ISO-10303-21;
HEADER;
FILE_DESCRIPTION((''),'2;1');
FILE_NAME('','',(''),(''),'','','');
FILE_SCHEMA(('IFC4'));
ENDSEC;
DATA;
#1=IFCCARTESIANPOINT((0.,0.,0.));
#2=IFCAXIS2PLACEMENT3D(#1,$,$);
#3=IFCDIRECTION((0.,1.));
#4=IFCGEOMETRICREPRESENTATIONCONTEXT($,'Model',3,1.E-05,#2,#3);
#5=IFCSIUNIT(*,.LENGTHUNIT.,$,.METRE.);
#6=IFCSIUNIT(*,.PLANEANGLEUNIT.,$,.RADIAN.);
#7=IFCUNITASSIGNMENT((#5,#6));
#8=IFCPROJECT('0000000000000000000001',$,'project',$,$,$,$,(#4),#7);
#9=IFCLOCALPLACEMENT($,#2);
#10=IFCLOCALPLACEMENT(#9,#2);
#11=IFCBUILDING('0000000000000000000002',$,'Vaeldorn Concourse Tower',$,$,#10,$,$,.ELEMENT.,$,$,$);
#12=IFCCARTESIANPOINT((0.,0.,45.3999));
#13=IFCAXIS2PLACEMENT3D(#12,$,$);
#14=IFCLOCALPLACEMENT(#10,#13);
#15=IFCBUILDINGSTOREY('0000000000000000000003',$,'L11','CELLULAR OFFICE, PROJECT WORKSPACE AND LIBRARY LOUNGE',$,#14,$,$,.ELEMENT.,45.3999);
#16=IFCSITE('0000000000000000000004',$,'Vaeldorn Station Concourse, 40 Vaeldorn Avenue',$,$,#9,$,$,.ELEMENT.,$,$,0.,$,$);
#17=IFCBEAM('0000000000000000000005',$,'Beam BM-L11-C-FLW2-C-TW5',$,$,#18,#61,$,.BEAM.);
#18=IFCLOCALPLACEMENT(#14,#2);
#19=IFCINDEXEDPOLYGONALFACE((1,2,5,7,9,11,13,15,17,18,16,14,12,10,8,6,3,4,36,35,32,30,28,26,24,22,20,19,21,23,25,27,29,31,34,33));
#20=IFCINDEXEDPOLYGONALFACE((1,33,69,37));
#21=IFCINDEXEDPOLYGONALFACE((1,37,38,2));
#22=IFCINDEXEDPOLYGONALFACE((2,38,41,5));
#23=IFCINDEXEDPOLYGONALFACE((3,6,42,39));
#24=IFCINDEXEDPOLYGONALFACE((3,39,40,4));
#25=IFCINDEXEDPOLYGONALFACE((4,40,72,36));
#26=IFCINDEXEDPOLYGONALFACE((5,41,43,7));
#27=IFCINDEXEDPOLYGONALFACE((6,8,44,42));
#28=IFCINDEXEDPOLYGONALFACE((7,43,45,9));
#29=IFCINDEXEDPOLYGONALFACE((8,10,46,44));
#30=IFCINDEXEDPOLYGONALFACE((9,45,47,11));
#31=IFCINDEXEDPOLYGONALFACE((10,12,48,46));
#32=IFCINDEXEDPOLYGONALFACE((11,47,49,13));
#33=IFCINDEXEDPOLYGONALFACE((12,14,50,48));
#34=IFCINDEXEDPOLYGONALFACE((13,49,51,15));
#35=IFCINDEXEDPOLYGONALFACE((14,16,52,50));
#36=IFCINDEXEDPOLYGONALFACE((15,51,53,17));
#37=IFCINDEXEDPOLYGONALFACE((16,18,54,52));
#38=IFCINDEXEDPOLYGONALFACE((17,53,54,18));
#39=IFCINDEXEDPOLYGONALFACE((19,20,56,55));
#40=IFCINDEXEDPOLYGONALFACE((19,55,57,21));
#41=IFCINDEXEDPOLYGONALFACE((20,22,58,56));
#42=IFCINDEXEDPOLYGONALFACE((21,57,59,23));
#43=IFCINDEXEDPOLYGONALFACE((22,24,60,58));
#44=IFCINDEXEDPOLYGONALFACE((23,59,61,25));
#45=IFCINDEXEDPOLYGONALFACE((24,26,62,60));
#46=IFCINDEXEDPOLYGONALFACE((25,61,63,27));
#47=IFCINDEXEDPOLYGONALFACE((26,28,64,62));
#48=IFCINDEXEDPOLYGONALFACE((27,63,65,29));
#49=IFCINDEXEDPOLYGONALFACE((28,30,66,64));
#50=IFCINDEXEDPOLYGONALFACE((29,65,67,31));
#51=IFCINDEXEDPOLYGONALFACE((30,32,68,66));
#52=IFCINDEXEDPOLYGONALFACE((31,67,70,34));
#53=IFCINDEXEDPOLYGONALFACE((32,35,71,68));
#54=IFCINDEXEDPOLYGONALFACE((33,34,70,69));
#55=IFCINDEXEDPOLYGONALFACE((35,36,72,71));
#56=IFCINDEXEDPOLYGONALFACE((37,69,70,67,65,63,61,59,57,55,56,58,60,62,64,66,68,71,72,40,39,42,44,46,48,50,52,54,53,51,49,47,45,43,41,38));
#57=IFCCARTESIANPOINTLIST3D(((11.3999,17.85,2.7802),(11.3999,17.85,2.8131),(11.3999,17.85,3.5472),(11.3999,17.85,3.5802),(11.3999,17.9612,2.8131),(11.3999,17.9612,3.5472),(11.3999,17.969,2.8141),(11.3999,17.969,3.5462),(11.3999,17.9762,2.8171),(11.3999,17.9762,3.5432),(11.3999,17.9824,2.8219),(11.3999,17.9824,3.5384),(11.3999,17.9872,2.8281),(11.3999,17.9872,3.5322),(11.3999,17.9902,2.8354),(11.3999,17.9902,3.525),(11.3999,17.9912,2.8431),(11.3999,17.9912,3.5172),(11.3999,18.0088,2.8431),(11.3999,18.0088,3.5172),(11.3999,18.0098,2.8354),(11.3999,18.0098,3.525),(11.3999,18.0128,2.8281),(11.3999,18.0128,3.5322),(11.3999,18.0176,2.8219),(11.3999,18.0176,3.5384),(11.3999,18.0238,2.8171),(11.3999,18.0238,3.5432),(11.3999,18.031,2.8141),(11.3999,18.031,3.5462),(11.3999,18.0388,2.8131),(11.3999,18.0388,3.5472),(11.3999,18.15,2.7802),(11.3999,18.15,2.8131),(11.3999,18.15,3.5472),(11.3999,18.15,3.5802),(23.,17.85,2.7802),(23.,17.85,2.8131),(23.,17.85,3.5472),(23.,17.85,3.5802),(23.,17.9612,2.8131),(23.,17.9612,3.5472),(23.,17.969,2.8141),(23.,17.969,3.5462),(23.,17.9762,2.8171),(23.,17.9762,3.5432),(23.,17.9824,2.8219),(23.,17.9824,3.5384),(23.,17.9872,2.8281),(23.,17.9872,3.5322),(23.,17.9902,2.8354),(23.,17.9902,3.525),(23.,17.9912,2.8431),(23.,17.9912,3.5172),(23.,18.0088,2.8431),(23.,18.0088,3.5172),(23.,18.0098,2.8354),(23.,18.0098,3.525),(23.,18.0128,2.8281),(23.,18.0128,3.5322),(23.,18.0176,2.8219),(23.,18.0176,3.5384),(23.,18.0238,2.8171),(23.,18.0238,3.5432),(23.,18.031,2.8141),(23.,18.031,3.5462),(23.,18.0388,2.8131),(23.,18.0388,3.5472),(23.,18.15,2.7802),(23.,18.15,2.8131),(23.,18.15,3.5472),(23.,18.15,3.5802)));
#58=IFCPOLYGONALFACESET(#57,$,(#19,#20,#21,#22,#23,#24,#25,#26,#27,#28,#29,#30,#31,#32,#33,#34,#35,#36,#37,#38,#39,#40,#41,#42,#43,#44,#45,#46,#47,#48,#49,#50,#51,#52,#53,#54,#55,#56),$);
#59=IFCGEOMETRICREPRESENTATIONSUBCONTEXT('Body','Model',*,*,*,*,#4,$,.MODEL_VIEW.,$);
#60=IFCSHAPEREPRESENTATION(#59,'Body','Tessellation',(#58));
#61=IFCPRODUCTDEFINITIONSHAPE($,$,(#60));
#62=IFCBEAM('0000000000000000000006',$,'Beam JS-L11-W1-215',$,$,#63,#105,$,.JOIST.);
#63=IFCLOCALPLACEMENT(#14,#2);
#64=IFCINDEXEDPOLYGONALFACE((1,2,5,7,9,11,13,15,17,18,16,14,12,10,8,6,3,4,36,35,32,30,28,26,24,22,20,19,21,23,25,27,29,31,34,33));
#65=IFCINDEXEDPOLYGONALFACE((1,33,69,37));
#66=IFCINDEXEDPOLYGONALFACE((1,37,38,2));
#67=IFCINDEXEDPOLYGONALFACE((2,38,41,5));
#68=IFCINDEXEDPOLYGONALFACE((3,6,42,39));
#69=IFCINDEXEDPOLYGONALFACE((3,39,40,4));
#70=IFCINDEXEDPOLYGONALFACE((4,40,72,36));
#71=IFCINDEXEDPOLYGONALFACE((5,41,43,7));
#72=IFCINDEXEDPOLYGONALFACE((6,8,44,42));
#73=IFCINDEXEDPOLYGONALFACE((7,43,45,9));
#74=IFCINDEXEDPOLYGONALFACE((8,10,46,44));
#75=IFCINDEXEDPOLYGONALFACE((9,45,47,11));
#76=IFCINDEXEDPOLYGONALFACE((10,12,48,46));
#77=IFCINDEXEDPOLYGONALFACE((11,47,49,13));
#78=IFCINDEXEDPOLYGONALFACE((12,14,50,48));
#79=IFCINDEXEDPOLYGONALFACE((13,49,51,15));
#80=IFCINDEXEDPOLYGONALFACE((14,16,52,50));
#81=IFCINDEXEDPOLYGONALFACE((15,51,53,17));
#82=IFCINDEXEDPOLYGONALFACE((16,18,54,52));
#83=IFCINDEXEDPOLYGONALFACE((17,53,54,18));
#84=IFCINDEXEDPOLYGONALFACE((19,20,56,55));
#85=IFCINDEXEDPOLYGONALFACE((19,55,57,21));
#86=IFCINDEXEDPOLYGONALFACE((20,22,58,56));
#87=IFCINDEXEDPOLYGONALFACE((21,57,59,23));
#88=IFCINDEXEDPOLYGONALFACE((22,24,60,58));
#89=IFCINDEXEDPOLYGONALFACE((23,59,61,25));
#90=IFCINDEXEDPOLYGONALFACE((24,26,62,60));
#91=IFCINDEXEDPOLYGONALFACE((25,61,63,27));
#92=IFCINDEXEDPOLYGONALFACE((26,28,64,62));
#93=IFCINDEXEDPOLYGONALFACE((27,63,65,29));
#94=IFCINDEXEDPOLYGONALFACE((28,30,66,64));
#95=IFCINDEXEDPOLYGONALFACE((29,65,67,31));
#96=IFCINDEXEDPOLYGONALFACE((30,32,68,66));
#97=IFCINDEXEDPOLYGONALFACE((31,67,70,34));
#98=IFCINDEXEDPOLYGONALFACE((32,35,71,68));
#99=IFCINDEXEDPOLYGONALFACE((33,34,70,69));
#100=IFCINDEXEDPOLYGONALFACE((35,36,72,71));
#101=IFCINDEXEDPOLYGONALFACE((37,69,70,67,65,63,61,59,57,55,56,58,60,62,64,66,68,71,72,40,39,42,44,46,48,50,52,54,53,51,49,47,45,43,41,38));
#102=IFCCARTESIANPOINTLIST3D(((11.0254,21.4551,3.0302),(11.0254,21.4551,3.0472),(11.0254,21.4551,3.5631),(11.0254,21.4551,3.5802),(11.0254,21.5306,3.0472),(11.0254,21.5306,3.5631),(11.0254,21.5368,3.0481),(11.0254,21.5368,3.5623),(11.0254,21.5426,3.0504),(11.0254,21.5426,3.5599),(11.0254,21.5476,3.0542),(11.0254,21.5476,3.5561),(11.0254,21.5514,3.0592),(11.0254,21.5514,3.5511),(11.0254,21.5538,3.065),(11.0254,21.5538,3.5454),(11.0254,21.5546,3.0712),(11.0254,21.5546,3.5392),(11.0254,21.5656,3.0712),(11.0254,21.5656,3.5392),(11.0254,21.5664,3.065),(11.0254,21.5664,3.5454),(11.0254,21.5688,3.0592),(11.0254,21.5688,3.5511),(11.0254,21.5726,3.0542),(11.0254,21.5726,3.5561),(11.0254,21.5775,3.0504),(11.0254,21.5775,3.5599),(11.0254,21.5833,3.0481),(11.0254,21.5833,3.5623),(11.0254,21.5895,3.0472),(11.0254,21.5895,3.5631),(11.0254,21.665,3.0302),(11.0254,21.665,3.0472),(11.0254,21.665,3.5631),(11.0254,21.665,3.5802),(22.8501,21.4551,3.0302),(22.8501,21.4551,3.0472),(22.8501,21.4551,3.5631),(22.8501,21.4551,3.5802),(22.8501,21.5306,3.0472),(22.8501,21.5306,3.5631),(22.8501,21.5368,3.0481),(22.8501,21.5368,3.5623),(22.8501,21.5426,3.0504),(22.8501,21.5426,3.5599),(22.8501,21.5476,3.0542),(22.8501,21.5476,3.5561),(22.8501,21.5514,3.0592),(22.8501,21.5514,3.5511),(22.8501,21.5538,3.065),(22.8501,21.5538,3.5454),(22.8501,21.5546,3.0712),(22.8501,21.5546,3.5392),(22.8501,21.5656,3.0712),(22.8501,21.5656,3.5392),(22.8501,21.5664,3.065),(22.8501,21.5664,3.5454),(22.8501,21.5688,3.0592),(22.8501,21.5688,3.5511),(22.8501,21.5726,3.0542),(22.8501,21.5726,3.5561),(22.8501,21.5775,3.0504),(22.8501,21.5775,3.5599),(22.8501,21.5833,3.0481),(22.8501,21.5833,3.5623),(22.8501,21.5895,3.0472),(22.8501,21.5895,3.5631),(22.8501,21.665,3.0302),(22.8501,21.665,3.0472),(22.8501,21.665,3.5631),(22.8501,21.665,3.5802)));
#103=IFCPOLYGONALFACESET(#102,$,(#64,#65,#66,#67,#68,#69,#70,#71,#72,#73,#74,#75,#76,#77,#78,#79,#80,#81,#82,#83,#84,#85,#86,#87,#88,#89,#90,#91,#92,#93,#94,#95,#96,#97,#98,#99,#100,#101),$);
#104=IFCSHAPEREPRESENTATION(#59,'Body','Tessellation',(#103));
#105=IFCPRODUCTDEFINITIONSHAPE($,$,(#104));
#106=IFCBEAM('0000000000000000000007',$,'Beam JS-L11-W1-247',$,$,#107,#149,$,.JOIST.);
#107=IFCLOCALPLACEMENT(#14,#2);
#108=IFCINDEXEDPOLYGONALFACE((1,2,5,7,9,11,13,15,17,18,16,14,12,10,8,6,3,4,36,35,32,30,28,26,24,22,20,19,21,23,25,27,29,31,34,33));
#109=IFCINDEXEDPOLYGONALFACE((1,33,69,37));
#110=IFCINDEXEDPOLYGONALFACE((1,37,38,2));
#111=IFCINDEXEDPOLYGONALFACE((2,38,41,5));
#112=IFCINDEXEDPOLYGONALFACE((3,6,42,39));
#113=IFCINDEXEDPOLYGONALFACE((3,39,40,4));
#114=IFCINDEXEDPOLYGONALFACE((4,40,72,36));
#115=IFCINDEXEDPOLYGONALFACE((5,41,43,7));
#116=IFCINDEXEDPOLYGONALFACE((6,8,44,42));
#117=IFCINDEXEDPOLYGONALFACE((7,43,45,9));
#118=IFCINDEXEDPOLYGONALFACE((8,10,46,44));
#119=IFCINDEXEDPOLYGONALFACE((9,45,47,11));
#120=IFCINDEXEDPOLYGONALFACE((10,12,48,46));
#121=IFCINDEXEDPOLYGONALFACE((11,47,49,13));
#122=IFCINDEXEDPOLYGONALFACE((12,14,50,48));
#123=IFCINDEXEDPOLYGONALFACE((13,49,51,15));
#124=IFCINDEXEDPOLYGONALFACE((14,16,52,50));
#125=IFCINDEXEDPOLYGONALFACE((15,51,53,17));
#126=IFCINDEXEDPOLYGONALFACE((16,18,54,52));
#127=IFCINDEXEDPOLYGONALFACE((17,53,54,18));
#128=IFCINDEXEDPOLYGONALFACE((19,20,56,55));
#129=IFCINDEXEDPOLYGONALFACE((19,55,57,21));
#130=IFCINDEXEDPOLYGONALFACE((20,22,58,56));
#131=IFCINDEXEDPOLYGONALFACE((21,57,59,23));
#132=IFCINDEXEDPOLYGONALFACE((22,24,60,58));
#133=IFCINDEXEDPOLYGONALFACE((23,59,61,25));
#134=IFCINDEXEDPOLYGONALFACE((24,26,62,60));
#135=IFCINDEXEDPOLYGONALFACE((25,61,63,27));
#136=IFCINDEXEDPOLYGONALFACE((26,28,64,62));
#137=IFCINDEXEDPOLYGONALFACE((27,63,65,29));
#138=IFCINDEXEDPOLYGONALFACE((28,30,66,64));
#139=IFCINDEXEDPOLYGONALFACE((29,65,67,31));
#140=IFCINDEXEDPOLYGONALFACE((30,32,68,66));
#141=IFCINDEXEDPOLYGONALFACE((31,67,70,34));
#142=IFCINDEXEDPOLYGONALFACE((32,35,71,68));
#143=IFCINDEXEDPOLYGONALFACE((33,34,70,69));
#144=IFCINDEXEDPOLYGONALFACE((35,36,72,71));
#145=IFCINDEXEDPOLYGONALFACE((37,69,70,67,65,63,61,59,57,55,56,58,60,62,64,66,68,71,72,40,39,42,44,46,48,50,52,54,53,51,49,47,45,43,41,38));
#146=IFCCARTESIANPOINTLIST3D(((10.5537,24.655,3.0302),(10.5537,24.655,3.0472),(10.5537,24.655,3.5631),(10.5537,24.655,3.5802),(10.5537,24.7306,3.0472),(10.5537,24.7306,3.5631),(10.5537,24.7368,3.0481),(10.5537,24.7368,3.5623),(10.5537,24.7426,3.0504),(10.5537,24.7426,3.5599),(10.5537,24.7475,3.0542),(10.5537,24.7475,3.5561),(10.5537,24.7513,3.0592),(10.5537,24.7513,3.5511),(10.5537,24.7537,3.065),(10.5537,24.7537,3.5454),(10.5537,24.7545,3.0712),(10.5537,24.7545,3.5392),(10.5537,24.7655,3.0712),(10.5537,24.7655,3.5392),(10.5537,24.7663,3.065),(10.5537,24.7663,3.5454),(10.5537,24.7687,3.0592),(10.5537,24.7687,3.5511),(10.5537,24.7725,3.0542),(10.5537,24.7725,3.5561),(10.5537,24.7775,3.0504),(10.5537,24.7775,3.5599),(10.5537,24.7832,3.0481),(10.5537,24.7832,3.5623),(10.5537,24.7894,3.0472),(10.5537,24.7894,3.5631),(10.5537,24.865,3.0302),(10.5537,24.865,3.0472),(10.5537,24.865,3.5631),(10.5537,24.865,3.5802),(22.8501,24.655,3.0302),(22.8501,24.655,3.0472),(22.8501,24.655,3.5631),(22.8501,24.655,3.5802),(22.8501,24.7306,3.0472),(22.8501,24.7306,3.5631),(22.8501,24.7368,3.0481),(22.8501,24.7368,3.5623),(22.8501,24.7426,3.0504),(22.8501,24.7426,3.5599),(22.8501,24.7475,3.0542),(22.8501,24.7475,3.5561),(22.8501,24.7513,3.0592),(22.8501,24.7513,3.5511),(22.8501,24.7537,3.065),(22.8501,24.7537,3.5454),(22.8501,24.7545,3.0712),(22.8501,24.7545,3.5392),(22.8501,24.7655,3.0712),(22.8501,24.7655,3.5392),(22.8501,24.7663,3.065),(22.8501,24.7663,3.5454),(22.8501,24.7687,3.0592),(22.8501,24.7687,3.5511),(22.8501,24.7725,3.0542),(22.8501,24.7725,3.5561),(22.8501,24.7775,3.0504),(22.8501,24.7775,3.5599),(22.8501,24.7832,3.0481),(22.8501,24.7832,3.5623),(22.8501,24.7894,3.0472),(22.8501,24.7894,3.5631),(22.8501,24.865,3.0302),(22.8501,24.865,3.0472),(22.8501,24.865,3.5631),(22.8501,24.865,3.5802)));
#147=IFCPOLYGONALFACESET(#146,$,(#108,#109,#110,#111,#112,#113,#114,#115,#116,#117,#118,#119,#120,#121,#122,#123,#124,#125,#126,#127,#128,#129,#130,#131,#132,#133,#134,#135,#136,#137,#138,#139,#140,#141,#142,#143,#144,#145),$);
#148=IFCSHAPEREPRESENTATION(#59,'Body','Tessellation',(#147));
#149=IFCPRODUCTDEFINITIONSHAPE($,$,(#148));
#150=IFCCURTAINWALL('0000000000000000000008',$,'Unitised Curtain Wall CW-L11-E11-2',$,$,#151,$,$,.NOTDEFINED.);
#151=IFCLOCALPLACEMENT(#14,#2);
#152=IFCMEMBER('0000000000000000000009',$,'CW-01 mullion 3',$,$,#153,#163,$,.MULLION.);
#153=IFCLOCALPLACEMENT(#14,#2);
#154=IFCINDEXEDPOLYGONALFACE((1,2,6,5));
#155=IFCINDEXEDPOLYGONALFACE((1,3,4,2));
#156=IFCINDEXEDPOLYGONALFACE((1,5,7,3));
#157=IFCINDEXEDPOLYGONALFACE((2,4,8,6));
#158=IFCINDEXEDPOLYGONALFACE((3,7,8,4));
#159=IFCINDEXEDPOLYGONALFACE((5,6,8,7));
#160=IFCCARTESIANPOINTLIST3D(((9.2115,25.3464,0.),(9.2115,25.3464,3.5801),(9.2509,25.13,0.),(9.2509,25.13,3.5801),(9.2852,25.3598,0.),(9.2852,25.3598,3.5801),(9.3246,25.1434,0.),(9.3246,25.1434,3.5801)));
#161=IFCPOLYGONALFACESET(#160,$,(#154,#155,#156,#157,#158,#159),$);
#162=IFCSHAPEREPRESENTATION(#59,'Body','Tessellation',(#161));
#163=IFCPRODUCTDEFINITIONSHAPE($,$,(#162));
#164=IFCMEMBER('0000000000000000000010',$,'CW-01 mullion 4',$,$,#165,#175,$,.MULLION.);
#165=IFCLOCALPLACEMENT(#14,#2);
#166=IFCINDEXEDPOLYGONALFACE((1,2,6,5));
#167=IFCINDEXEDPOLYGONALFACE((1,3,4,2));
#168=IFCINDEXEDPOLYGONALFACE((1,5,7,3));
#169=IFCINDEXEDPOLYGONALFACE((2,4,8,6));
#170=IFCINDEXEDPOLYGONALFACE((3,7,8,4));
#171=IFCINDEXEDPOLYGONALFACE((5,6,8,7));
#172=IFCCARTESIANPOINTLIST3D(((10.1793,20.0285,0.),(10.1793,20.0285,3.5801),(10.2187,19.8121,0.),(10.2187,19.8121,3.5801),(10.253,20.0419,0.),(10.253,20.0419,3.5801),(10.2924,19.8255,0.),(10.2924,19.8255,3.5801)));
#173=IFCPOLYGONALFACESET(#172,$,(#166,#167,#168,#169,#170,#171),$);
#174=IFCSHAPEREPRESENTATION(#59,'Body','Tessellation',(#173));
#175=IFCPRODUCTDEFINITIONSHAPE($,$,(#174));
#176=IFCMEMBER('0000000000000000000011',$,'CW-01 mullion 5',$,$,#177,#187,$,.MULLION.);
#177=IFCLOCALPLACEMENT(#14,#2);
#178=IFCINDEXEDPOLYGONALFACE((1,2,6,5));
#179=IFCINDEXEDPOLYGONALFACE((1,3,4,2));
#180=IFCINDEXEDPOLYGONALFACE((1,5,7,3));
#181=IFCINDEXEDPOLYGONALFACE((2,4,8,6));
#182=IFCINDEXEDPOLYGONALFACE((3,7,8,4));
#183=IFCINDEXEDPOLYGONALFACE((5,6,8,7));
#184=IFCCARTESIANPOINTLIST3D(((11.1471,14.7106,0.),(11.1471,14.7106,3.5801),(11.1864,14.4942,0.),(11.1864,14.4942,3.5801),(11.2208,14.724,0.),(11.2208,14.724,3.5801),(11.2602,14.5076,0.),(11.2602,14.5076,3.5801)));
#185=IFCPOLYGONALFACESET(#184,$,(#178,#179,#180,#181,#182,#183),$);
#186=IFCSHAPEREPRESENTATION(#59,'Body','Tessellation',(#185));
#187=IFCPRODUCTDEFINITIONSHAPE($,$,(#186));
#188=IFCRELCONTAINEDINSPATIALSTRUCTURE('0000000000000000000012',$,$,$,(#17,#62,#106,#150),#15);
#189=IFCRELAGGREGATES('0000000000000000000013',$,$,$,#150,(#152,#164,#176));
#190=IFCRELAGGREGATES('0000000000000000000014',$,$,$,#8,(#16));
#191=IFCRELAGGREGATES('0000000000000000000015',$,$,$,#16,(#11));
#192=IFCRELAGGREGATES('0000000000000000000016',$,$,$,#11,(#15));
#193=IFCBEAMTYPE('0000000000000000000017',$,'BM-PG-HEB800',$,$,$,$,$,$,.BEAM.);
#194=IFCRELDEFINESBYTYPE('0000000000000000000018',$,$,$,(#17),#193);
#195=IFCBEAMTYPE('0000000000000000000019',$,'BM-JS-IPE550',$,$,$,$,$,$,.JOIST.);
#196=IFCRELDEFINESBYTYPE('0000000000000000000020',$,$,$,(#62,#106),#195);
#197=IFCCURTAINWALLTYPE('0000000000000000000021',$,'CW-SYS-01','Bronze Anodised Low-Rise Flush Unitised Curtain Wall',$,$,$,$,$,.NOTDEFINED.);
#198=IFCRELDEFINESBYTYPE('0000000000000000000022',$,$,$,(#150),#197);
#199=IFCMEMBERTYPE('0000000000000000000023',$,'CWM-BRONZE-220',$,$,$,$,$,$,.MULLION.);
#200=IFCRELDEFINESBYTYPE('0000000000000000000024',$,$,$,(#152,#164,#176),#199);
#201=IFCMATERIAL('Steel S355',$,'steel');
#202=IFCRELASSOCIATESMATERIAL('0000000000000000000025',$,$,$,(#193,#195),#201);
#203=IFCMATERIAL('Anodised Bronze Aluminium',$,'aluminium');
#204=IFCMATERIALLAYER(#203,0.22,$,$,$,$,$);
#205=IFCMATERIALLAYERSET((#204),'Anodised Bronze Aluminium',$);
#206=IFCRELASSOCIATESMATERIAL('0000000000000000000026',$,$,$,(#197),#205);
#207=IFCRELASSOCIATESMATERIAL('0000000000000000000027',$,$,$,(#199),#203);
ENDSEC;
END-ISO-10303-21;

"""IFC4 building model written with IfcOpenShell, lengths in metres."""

from ifc_helpers import new_model, si_unit, direction, frame, origin, origin_2d, place, context, subcontext, project, spatial, rectangle, i_section, extrude, source, transform, mapped, material, layer, layer_set, material_profile, profile_set, type_object, element, aggregate, save


model = new_model("IFC4")

# Units and contexts
model_context = context("Model", 3, precision=1e-05, world=origin(), true_north=direction((0.0, 1.0)))
body_context = subcontext(model_context, "Body", "Model", "MODEL_VIEW")
ifc_project = project(units=[si_unit("LENGTHUNIT", "METRE"), si_unit("PLANEANGLEUNIT", "RADIAN")], contexts=[model_context])

# Site, building, storey
site_placement = place(None, origin())
site = spatial("IfcSite", under=ifc_project, at=site_placement, Name="Vaeldorn Station Concourse, 40 Vaeldorn Avenue", CompositionType="ELEMENT", RefElevation=0.0)
building_placement = place(site_placement, origin())
building = spatial("IfcBuilding", under=site, at=building_placement, Name="Vaeldorn Concourse Tower", CompositionType="ELEMENT")
storey_placement = place(building_placement, frame((0.0, 0.0, 45.3999)))
storey = spatial("IfcBuildingStorey", under=building, at=storey_placement, Name="L11", Description="CELLULAR OFFICE, PROJECT WORKSPACE AND LIBRARY LOUNGE", CompositionType="ELEMENT", Elevation=45.3999)

# Beams
ifc_material_1 = material(Name="Steel S355", Category="steel")
ifc_material_profile_1 = material_profile(ifc_material_1, i_section(OverallWidth=0.3, OverallDepth=0.8, WebThickness=0.0176, FlangeThickness=0.033, FilletRadius=0.03, at=origin_2d()), Name="HEB 800")
ifc_profile_set_1 = profile_set([ifc_material_profile_1], Name="Steel S355")
beam_type_1 = type_object("IfcBeamType", Name="BM-PG-HEB800", PredefinedType="BEAM", material=ifc_profile_set_1)
shared_shape_1 = source(origin(), body_context, "Body", "SweptSolid", [
    extrude(i_section(OverallWidth=0.3, OverallDepth=0.8, WebThickness=0.0176, FlangeThickness=0.033, FilletRadius=0.03, at=origin_2d()), origin(), (0.0, 0.0, 1.0), 11.6001),
])
beam_1_placement = place(storey_placement, frame((11.3999, 18.0, 3.1802), z_axis=(1.0, 0.0, 0.0), x_axis=(0.0, 1.0, 0.0)))
element("IfcBeam", 1, at=beam_1_placement, inside=storey, type_object=beam_type_1, Name="Beam BM-L11-C-FLW2-C-TW5", PredefinedType="BEAM", context=body_context, shape_type="MappedRepresentation", body=[
    mapped(shared_shape_1, transform((0.0, 0.0, 0.0), scale=1.0)),
])
ifc_material_profile_2 = material_profile(ifc_material_1, i_section(OverallWidth=0.21, OverallDepth=0.55, WebThickness=0.011, FlangeThickness=0.0171, FilletRadius=0.0239, at=origin_2d()), Name="IPE 550")
ifc_profile_set_2 = profile_set([ifc_material_profile_2], Name="Steel S355")
beam_type_2 = type_object("IfcBeamType", Name="BM-JS-IPE550", PredefinedType="JOIST", material=ifc_profile_set_2)
shared_shape_2 = source(origin(), body_context, "Body", "SweptSolid", [
    extrude(i_section(OverallWidth=0.21, OverallDepth=0.55, WebThickness=0.011, FlangeThickness=0.0171, FilletRadius=0.0239, at=origin_2d()), origin(), (0.0, 0.0, 1.0), 11.8247),
])
beam_2_placement = place(storey_placement, frame((11.0254, 21.5601, 3.3052), z_axis=(1.0, 0.0, 0.0), x_axis=(0.0, 1.0, 0.0)))
element("IfcBeam", 2, at=beam_2_placement, inside=storey, type_object=beam_type_2, Name="Beam JS-L11-W1-215", PredefinedType="JOIST", context=body_context, shape_type="MappedRepresentation", body=[
    mapped(shared_shape_2, transform((0.0, 0.0, 0.0), scale=1.0)),
])
shared_shape_3 = source(origin(), body_context, "Body", "SweptSolid", [
    extrude(i_section(OverallWidth=0.21, OverallDepth=0.55, WebThickness=0.011, FlangeThickness=0.0171, FilletRadius=0.0239, at=origin_2d()), origin(), (0.0, 0.0, 1.0), 12.2964),
])
beam_3_placement = place(storey_placement, frame((10.5537, 24.76, 3.3052), z_axis=(1.0, 0.0, 0.0), x_axis=(0.0, 1.0, 0.0)))
element("IfcBeam", 3, at=beam_3_placement, inside=storey, type_object=beam_type_2, Name="Beam JS-L11-W1-247", PredefinedType="JOIST", context=body_context, shape_type="MappedRepresentation", body=[
    mapped(shared_shape_3, transform((0.0, 0.0, 0.0), scale=1.0)),
])

# Curtain wall, members
ifc_material_2 = material(Name="Anodised Bronze Aluminium", Category="aluminium")
ifc_layer_1 = layer(ifc_material_2, 0.22)
ifc_layer_set_1 = layer_set([ifc_layer_1], Name="Anodised Bronze Aluminium")
curtain_wall_type = type_object("IfcCurtainWallType", Name="CW-SYS-01", Description="Bronze Anodised Low-Rise Flush Unitised Curtain Wall", PredefinedType="NOTDEFINED", material=ifc_layer_set_1)
curtain_wall_placement = place(storey_placement, origin())
curtain_wall = element("IfcCurtainWall", 4, at=curtain_wall_placement, inside=storey, type_object=curtain_wall_type, Name="Unitised Curtain Wall CW-L11-E11-2", PredefinedType="NOTDEFINED")
ifc_material_profile_3 = material_profile(ifc_material_2, rectangle(XDim=0.075, YDim=0.22, at=origin_2d()), Name="CWM 75x220")
ifc_profile_set_3 = profile_set([ifc_material_profile_3], Name="Anodised Bronze Aluminium")
member_type_1 = type_object("IfcMemberType", Name="CWM-BRONZE-220", PredefinedType="MULLION", material=ifc_profile_set_3)
shared_shape_4 = source(origin(), body_context, "Body", "SweptSolid", [
    extrude(rectangle(XDim=0.075, YDim=0.22, at=origin_2d()), origin(), (0.0, 0.0, 1.0), 3.5801),
])
member_1_placement = place(storey_placement, frame((9.2681, 25.2449, 0.0), z_axis=(0.0, 0.0, 1.0), x_axis=(0.983844, 0.17903, 0.0)))
member_1 = element("IfcMember", 5, at=member_1_placement, type_object=member_type_1, Name="CW-01 mullion 3", PredefinedType="MULLION", context=body_context, shape_type="MappedRepresentation", body=[
    mapped(shared_shape_4, transform((0.0, 0.0, 0.0), scale=1.0)),
])
member_2_placement = place(storey_placement, frame((10.2358, 19.927, 0.0), z_axis=(0.0, 0.0, 1.0), x_axis=(0.983844, 0.17903, 0.0)))
member_2 = element("IfcMember", 6, at=member_2_placement, type_object=member_type_1, Name="CW-01 mullion 4", PredefinedType="MULLION", context=body_context, shape_type="MappedRepresentation", body=[
    mapped(shared_shape_4, transform((0.0, 0.0, 0.0), scale=1.0)),
])
member_3_placement = place(storey_placement, frame((11.2036, 14.6091, 0.0), z_axis=(0.0, 0.0, 1.0), x_axis=(0.983844, 0.17903, 0.0)))
member_3 = element("IfcMember", 7, at=member_3_placement, type_object=member_type_1, Name="CW-01 mullion 5", PredefinedType="MULLION", context=body_context, shape_type="MappedRepresentation", body=[
    mapped(shared_shape_4, transform((0.0, 0.0, 0.0), scale=1.0)),
])
aggregate(curtain_wall, [member_1, member_2, member_3])

save(model, "model.ifc")
